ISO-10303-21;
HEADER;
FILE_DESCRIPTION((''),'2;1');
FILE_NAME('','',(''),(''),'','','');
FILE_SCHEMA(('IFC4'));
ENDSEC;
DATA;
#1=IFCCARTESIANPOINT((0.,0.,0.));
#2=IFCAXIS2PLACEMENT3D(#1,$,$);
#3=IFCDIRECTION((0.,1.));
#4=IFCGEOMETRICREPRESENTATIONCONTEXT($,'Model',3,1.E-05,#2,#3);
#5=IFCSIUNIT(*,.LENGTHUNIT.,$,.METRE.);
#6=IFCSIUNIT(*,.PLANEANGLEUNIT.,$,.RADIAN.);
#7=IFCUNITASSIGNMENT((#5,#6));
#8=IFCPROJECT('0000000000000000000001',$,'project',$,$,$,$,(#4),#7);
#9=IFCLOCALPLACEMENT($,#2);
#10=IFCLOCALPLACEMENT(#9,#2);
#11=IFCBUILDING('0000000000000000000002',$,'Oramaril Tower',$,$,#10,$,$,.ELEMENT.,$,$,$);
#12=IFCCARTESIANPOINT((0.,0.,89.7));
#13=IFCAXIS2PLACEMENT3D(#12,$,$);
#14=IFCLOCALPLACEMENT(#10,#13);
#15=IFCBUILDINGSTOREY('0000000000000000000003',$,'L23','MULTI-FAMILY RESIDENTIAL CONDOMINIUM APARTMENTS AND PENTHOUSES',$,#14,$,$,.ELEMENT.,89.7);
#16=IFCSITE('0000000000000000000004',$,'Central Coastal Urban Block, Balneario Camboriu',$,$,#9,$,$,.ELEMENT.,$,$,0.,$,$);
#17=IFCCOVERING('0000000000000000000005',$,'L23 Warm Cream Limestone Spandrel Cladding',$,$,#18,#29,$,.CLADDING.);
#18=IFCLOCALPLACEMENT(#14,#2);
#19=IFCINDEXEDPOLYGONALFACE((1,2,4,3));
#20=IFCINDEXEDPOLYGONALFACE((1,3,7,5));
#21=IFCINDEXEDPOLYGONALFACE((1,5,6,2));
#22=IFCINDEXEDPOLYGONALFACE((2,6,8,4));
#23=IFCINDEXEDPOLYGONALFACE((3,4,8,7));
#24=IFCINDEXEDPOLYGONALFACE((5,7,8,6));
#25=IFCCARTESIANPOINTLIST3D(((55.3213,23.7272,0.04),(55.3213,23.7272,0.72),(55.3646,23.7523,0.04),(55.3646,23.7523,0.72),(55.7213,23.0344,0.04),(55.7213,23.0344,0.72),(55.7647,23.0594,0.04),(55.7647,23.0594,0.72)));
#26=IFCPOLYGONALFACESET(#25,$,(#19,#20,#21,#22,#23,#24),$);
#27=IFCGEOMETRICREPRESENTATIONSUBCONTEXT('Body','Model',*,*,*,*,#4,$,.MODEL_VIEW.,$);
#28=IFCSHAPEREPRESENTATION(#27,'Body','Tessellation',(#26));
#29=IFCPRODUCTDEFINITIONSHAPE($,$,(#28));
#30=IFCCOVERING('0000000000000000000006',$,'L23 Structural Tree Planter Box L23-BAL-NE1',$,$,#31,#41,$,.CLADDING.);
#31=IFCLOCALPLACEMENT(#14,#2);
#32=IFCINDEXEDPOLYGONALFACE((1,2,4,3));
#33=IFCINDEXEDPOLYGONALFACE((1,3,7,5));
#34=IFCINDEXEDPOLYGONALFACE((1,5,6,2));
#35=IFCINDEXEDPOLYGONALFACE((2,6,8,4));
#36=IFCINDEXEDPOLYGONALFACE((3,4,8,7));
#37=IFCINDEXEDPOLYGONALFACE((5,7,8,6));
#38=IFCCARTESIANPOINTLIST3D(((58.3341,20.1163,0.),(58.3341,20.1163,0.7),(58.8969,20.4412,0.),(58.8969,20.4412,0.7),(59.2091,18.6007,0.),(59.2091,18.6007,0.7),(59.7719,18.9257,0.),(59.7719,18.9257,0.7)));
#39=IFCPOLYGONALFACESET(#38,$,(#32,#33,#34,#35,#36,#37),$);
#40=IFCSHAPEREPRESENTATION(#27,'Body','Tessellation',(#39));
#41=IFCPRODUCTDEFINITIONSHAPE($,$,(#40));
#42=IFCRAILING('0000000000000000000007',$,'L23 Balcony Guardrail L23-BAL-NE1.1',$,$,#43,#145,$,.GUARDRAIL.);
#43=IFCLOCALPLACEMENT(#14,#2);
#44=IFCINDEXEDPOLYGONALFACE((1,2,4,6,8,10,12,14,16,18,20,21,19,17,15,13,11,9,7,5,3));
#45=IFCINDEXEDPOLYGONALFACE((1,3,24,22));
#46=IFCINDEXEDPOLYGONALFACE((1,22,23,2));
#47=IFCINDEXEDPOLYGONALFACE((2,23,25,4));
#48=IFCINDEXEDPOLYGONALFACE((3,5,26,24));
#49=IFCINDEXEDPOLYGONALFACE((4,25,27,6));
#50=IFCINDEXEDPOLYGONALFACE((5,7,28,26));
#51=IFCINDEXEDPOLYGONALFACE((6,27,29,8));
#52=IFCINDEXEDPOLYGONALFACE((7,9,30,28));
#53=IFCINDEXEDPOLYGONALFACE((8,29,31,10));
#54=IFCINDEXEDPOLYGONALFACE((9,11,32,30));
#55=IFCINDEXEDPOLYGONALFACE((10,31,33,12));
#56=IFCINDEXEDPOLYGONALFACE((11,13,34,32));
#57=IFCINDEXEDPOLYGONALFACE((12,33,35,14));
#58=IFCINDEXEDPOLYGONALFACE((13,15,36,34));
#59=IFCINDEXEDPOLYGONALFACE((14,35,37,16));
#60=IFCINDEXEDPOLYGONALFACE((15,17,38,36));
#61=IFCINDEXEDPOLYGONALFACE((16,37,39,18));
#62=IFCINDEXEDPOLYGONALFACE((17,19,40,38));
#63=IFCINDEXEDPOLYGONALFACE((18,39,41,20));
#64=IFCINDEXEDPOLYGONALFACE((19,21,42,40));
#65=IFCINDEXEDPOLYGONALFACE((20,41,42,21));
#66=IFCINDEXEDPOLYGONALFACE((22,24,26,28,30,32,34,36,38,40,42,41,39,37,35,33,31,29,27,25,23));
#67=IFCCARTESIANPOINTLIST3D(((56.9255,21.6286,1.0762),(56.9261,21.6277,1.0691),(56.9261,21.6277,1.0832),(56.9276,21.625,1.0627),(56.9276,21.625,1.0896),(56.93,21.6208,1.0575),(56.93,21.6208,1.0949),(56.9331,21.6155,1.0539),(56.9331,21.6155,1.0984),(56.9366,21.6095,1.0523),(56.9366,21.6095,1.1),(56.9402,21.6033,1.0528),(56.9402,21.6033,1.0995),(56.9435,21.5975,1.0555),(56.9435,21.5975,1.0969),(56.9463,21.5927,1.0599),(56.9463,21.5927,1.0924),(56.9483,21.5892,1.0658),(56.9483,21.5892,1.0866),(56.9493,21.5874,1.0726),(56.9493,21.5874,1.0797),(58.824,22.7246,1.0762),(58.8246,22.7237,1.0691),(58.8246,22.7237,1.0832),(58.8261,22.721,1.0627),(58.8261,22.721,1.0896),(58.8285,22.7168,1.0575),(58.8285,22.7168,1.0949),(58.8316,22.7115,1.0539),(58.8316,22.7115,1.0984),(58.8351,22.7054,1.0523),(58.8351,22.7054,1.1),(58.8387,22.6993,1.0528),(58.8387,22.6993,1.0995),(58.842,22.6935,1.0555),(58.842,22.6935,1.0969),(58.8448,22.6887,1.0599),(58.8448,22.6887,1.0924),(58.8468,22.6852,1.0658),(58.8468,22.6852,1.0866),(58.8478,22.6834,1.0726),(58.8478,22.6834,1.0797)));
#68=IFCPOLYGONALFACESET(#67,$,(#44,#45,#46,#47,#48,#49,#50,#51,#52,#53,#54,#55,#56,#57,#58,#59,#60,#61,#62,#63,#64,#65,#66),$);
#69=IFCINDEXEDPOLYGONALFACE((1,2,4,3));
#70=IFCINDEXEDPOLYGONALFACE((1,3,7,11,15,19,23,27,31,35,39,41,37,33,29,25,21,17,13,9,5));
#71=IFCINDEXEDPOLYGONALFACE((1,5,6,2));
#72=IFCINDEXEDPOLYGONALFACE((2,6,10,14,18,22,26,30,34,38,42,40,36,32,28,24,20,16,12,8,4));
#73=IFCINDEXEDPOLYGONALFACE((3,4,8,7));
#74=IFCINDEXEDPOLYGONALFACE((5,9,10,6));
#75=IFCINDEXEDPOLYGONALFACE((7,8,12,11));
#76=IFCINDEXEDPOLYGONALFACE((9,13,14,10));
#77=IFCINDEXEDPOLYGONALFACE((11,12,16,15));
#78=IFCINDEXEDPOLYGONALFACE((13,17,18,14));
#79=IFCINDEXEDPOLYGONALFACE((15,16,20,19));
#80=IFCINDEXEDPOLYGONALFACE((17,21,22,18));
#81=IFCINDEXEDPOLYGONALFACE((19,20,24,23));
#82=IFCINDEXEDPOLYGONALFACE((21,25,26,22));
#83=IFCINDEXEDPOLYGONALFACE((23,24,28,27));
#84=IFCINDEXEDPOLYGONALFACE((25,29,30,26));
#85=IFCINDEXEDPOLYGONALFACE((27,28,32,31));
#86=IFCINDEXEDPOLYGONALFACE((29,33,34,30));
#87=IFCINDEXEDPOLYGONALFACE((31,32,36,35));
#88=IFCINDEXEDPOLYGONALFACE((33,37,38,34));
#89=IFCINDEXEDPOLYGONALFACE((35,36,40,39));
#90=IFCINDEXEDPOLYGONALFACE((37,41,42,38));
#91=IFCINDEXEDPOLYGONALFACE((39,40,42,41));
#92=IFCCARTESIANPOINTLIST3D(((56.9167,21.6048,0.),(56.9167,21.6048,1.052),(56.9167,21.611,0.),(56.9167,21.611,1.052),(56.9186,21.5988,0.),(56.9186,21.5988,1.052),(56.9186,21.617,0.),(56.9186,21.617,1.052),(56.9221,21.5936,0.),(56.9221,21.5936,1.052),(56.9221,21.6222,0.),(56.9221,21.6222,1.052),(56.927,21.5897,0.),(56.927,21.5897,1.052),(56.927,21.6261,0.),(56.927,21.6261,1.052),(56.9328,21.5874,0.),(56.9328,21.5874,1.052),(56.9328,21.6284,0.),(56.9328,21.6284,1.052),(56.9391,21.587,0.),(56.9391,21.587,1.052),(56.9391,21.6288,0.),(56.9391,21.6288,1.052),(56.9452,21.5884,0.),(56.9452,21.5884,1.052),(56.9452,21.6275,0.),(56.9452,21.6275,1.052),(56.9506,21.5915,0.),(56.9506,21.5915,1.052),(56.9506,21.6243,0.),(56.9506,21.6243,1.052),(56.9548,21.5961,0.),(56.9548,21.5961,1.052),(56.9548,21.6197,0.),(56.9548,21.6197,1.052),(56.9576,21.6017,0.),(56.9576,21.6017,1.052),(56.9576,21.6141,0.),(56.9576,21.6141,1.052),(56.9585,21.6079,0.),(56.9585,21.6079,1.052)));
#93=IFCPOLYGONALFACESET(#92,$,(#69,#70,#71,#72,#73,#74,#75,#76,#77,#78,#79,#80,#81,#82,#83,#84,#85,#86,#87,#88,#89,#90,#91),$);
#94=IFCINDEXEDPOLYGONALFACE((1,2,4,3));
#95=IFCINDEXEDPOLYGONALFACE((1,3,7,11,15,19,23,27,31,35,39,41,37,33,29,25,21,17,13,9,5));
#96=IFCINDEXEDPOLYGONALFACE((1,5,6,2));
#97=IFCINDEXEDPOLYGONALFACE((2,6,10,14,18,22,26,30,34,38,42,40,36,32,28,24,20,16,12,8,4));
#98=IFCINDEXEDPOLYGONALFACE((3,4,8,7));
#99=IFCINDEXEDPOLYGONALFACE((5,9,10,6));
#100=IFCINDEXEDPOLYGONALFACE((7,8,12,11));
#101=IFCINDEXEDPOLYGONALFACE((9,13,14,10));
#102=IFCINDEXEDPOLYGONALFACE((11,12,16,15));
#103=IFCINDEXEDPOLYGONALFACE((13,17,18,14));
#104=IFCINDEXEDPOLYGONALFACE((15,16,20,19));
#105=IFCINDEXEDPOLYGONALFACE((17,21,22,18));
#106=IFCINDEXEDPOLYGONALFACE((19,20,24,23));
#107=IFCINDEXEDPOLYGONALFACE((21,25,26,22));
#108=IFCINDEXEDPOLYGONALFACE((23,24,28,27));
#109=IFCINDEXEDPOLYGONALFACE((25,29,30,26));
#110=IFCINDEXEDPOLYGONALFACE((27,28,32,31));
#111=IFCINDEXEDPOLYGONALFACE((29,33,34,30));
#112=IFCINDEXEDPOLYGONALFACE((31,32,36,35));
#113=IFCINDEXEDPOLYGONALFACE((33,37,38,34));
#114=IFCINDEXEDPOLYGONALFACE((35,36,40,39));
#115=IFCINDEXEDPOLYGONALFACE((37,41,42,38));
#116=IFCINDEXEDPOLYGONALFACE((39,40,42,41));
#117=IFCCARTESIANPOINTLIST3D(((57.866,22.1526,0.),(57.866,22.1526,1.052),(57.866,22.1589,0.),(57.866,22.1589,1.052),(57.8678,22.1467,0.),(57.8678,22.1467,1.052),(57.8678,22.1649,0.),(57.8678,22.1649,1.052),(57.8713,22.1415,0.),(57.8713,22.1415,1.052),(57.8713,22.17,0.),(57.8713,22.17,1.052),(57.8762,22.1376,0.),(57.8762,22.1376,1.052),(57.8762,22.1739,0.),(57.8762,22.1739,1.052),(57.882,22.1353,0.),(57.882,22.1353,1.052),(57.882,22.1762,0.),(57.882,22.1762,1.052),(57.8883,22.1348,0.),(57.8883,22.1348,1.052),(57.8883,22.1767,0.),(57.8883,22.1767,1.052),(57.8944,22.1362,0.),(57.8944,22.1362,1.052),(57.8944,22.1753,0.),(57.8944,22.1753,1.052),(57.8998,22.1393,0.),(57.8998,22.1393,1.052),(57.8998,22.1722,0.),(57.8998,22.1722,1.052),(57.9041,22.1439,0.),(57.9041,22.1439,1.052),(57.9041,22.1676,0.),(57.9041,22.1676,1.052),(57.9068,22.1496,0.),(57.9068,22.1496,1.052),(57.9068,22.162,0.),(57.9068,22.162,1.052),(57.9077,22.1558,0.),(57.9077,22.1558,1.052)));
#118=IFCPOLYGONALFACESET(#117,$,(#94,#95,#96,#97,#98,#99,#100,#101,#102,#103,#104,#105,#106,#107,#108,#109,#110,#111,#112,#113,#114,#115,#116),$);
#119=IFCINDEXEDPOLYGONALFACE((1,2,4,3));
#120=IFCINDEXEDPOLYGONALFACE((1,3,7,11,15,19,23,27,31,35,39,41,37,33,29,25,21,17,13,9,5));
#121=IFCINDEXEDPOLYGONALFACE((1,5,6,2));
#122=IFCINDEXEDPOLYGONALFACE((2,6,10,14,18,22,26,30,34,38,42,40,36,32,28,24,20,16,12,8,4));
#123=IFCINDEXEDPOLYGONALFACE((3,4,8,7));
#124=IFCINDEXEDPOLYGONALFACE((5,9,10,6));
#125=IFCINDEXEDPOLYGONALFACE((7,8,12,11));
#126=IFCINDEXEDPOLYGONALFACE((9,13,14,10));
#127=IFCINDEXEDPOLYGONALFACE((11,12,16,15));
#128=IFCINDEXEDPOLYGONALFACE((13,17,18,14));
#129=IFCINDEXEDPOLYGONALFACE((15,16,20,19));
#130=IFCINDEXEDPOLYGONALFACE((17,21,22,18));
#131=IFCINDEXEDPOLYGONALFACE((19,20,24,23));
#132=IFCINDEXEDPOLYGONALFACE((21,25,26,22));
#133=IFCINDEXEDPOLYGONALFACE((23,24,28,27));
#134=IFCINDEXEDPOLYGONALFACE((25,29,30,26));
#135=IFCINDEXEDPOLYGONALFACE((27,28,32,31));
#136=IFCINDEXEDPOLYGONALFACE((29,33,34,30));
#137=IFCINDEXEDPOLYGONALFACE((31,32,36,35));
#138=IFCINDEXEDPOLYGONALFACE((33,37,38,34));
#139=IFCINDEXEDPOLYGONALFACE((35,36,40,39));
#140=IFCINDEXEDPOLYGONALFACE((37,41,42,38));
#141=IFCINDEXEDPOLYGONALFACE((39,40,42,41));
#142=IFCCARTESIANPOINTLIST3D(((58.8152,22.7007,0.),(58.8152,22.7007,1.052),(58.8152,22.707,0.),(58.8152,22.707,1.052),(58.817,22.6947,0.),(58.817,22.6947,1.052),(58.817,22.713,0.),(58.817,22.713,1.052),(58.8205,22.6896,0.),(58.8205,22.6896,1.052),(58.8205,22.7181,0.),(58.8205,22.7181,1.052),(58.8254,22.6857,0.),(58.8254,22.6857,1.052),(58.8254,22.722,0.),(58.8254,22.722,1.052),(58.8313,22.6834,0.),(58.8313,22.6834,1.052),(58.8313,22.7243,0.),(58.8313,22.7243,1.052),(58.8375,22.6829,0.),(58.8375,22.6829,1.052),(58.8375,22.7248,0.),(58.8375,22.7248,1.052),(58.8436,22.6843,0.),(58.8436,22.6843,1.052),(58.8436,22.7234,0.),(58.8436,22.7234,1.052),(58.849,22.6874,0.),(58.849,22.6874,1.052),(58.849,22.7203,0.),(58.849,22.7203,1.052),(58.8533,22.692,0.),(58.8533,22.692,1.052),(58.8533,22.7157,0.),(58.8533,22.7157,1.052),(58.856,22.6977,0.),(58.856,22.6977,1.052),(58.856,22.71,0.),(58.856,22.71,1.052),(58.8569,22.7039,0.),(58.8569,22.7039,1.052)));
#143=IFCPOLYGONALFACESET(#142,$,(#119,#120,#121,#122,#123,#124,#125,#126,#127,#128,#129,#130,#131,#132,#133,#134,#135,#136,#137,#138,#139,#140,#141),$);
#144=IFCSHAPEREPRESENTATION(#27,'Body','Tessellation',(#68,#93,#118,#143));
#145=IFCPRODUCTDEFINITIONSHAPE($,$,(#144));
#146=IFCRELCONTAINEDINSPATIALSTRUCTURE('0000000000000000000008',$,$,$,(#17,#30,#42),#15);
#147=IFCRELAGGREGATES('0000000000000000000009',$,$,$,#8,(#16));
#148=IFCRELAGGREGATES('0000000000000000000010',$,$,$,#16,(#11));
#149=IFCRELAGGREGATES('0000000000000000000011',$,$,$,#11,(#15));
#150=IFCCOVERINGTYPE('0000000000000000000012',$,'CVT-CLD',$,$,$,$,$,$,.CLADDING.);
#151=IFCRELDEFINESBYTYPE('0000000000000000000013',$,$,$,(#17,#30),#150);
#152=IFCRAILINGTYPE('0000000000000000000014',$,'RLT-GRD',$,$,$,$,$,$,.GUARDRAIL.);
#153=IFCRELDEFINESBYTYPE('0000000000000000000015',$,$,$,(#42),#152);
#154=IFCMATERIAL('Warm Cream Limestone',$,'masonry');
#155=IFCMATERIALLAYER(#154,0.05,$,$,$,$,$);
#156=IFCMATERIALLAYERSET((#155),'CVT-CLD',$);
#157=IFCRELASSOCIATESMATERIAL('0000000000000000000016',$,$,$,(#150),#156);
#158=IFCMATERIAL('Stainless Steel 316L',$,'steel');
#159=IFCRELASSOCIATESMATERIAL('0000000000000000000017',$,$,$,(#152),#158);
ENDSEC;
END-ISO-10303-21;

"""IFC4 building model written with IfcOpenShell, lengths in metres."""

from ifc_helpers import new_model, si_unit, direction, frame, origin, origin_2d, place, context, subcontext, project, spatial, rectangle, circle, extrude, material, layer, layer_set, type_object, element, save


model = new_model("IFC4")

# Units and contexts
model_context = context("Model", 3, precision=1e-05, world=origin(), true_north=direction((0.0, 1.0)))
body_context = subcontext(model_context, "Body", "Model", "MODEL_VIEW")
ifc_project = project(units=[si_unit("LENGTHUNIT", "METRE"), si_unit("PLANEANGLEUNIT", "RADIAN")], contexts=[model_context])

# Site, building, storey
site_placement = place(None, origin())
site = spatial("IfcSite", under=ifc_project, at=site_placement, Name="Central Coastal Urban Block, Balneario Camboriu", CompositionType="ELEMENT", RefElevation=0.0)
building_placement = place(site_placement, origin())
building = spatial("IfcBuilding", under=site, at=building_placement, Name="Oramaril Tower", CompositionType="ELEMENT")
storey_placement = place(building_placement, frame((0.0, 0.0, 89.7)))
storey = spatial("IfcBuildingStorey", under=building, at=storey_placement, Name="L23", Description="MULTI-FAMILY RESIDENTIAL CONDOMINIUM APARTMENTS AND PENTHOUSES", CompositionType="ELEMENT", Elevation=89.7)

# Coverings
ifc_material_1 = material(Name="Warm Cream Limestone", Category="masonry")
ifc_layer_1 = layer(ifc_material_1, 0.05)
ifc_layer_set_1 = layer_set([ifc_layer_1], Name="CVT-CLD")
covering_type = type_object("IfcCoveringType", Name="CVT-CLD", PredefinedType="CLADDING", material=ifc_layer_set_1)
covering_1_placement = place(storey_placement, frame((55.543, 23.3933, 0.04), z_axis=(0.0, 0.0, 1.0), x_axis=(-0.5, 0.866025, 0.0)))
element("IfcCovering", 1, at=covering_1_placement, inside=storey, type_object=covering_type, Name="L23 Warm Cream Limestone Spandrel Cladding", PredefinedType="CLADDING", context=body_context, shape_type="SweptSolid", body=[
    extrude(rectangle(XDim=0.8, YDim=0.05, at=origin_2d()), origin(), (0.0, 0.0, 1.0), 0.6799),
])
covering_2_placement = place(storey_placement, frame((59.053, 19.521, 0.0), z_axis=(0.0, 0.0, 1.0), x_axis=(-0.5, 0.866025, 0.0)))
element("IfcCovering", 2, at=covering_2_placement, inside=storey, type_object=covering_type, Name="L23 Structural Tree Planter Box L23-BAL-NE1", PredefinedType="CLADDING", context=body_context, shape_type="SweptSolid", body=[
    extrude(rectangle(XDim=1.75, YDim=0.6499, at=origin_2d()), origin(), (0.0, 0.0, 1.0), 0.7),
])

# Railing
ifc_material_2 = material(Name="Stainless Steel 316L", Category="steel")
railing_type = type_object("IfcRailingType", Name="RLT-GRD", PredefinedType="GUARDRAIL", material=ifc_material_2)
railing_1_placement = place(storey_placement, frame((56.9375, 21.6079, 0.0)))
element("IfcRailing", 3, at=railing_1_placement, inside=storey, type_object=railing_type, Name="L23 Balcony Guardrail L23-BAL-NE1.1", PredefinedType="GUARDRAIL", context=body_context, shape_type="SweptSolid", body=[
    extrude(circle(Radius=0.0239, at=origin_2d()), frame((0.0, 0.0, 1.0762), z_axis=(0.866048, 0.49996, 0.0), x_axis=(-0.49996, 0.866048, 0.0)), (0.0, 0.0, 1.0), 2.1921),
    extrude(circle(Radius=0.021, at=origin_2d()), origin(), (0.0, 0.0, 1.0), 1.052),
    extrude(circle(Radius=0.021, at=origin_2d()), frame((0.9492, 0.5479, 0.0)), (0.0, 0.0, 1.0), 1.052),
    extrude(circle(Radius=0.021, at=origin_2d()), frame((1.8984, 1.0959, 0.0)), (0.0, 0.0, 1.0), 1.052),
])

save(model, "model.ifc")
